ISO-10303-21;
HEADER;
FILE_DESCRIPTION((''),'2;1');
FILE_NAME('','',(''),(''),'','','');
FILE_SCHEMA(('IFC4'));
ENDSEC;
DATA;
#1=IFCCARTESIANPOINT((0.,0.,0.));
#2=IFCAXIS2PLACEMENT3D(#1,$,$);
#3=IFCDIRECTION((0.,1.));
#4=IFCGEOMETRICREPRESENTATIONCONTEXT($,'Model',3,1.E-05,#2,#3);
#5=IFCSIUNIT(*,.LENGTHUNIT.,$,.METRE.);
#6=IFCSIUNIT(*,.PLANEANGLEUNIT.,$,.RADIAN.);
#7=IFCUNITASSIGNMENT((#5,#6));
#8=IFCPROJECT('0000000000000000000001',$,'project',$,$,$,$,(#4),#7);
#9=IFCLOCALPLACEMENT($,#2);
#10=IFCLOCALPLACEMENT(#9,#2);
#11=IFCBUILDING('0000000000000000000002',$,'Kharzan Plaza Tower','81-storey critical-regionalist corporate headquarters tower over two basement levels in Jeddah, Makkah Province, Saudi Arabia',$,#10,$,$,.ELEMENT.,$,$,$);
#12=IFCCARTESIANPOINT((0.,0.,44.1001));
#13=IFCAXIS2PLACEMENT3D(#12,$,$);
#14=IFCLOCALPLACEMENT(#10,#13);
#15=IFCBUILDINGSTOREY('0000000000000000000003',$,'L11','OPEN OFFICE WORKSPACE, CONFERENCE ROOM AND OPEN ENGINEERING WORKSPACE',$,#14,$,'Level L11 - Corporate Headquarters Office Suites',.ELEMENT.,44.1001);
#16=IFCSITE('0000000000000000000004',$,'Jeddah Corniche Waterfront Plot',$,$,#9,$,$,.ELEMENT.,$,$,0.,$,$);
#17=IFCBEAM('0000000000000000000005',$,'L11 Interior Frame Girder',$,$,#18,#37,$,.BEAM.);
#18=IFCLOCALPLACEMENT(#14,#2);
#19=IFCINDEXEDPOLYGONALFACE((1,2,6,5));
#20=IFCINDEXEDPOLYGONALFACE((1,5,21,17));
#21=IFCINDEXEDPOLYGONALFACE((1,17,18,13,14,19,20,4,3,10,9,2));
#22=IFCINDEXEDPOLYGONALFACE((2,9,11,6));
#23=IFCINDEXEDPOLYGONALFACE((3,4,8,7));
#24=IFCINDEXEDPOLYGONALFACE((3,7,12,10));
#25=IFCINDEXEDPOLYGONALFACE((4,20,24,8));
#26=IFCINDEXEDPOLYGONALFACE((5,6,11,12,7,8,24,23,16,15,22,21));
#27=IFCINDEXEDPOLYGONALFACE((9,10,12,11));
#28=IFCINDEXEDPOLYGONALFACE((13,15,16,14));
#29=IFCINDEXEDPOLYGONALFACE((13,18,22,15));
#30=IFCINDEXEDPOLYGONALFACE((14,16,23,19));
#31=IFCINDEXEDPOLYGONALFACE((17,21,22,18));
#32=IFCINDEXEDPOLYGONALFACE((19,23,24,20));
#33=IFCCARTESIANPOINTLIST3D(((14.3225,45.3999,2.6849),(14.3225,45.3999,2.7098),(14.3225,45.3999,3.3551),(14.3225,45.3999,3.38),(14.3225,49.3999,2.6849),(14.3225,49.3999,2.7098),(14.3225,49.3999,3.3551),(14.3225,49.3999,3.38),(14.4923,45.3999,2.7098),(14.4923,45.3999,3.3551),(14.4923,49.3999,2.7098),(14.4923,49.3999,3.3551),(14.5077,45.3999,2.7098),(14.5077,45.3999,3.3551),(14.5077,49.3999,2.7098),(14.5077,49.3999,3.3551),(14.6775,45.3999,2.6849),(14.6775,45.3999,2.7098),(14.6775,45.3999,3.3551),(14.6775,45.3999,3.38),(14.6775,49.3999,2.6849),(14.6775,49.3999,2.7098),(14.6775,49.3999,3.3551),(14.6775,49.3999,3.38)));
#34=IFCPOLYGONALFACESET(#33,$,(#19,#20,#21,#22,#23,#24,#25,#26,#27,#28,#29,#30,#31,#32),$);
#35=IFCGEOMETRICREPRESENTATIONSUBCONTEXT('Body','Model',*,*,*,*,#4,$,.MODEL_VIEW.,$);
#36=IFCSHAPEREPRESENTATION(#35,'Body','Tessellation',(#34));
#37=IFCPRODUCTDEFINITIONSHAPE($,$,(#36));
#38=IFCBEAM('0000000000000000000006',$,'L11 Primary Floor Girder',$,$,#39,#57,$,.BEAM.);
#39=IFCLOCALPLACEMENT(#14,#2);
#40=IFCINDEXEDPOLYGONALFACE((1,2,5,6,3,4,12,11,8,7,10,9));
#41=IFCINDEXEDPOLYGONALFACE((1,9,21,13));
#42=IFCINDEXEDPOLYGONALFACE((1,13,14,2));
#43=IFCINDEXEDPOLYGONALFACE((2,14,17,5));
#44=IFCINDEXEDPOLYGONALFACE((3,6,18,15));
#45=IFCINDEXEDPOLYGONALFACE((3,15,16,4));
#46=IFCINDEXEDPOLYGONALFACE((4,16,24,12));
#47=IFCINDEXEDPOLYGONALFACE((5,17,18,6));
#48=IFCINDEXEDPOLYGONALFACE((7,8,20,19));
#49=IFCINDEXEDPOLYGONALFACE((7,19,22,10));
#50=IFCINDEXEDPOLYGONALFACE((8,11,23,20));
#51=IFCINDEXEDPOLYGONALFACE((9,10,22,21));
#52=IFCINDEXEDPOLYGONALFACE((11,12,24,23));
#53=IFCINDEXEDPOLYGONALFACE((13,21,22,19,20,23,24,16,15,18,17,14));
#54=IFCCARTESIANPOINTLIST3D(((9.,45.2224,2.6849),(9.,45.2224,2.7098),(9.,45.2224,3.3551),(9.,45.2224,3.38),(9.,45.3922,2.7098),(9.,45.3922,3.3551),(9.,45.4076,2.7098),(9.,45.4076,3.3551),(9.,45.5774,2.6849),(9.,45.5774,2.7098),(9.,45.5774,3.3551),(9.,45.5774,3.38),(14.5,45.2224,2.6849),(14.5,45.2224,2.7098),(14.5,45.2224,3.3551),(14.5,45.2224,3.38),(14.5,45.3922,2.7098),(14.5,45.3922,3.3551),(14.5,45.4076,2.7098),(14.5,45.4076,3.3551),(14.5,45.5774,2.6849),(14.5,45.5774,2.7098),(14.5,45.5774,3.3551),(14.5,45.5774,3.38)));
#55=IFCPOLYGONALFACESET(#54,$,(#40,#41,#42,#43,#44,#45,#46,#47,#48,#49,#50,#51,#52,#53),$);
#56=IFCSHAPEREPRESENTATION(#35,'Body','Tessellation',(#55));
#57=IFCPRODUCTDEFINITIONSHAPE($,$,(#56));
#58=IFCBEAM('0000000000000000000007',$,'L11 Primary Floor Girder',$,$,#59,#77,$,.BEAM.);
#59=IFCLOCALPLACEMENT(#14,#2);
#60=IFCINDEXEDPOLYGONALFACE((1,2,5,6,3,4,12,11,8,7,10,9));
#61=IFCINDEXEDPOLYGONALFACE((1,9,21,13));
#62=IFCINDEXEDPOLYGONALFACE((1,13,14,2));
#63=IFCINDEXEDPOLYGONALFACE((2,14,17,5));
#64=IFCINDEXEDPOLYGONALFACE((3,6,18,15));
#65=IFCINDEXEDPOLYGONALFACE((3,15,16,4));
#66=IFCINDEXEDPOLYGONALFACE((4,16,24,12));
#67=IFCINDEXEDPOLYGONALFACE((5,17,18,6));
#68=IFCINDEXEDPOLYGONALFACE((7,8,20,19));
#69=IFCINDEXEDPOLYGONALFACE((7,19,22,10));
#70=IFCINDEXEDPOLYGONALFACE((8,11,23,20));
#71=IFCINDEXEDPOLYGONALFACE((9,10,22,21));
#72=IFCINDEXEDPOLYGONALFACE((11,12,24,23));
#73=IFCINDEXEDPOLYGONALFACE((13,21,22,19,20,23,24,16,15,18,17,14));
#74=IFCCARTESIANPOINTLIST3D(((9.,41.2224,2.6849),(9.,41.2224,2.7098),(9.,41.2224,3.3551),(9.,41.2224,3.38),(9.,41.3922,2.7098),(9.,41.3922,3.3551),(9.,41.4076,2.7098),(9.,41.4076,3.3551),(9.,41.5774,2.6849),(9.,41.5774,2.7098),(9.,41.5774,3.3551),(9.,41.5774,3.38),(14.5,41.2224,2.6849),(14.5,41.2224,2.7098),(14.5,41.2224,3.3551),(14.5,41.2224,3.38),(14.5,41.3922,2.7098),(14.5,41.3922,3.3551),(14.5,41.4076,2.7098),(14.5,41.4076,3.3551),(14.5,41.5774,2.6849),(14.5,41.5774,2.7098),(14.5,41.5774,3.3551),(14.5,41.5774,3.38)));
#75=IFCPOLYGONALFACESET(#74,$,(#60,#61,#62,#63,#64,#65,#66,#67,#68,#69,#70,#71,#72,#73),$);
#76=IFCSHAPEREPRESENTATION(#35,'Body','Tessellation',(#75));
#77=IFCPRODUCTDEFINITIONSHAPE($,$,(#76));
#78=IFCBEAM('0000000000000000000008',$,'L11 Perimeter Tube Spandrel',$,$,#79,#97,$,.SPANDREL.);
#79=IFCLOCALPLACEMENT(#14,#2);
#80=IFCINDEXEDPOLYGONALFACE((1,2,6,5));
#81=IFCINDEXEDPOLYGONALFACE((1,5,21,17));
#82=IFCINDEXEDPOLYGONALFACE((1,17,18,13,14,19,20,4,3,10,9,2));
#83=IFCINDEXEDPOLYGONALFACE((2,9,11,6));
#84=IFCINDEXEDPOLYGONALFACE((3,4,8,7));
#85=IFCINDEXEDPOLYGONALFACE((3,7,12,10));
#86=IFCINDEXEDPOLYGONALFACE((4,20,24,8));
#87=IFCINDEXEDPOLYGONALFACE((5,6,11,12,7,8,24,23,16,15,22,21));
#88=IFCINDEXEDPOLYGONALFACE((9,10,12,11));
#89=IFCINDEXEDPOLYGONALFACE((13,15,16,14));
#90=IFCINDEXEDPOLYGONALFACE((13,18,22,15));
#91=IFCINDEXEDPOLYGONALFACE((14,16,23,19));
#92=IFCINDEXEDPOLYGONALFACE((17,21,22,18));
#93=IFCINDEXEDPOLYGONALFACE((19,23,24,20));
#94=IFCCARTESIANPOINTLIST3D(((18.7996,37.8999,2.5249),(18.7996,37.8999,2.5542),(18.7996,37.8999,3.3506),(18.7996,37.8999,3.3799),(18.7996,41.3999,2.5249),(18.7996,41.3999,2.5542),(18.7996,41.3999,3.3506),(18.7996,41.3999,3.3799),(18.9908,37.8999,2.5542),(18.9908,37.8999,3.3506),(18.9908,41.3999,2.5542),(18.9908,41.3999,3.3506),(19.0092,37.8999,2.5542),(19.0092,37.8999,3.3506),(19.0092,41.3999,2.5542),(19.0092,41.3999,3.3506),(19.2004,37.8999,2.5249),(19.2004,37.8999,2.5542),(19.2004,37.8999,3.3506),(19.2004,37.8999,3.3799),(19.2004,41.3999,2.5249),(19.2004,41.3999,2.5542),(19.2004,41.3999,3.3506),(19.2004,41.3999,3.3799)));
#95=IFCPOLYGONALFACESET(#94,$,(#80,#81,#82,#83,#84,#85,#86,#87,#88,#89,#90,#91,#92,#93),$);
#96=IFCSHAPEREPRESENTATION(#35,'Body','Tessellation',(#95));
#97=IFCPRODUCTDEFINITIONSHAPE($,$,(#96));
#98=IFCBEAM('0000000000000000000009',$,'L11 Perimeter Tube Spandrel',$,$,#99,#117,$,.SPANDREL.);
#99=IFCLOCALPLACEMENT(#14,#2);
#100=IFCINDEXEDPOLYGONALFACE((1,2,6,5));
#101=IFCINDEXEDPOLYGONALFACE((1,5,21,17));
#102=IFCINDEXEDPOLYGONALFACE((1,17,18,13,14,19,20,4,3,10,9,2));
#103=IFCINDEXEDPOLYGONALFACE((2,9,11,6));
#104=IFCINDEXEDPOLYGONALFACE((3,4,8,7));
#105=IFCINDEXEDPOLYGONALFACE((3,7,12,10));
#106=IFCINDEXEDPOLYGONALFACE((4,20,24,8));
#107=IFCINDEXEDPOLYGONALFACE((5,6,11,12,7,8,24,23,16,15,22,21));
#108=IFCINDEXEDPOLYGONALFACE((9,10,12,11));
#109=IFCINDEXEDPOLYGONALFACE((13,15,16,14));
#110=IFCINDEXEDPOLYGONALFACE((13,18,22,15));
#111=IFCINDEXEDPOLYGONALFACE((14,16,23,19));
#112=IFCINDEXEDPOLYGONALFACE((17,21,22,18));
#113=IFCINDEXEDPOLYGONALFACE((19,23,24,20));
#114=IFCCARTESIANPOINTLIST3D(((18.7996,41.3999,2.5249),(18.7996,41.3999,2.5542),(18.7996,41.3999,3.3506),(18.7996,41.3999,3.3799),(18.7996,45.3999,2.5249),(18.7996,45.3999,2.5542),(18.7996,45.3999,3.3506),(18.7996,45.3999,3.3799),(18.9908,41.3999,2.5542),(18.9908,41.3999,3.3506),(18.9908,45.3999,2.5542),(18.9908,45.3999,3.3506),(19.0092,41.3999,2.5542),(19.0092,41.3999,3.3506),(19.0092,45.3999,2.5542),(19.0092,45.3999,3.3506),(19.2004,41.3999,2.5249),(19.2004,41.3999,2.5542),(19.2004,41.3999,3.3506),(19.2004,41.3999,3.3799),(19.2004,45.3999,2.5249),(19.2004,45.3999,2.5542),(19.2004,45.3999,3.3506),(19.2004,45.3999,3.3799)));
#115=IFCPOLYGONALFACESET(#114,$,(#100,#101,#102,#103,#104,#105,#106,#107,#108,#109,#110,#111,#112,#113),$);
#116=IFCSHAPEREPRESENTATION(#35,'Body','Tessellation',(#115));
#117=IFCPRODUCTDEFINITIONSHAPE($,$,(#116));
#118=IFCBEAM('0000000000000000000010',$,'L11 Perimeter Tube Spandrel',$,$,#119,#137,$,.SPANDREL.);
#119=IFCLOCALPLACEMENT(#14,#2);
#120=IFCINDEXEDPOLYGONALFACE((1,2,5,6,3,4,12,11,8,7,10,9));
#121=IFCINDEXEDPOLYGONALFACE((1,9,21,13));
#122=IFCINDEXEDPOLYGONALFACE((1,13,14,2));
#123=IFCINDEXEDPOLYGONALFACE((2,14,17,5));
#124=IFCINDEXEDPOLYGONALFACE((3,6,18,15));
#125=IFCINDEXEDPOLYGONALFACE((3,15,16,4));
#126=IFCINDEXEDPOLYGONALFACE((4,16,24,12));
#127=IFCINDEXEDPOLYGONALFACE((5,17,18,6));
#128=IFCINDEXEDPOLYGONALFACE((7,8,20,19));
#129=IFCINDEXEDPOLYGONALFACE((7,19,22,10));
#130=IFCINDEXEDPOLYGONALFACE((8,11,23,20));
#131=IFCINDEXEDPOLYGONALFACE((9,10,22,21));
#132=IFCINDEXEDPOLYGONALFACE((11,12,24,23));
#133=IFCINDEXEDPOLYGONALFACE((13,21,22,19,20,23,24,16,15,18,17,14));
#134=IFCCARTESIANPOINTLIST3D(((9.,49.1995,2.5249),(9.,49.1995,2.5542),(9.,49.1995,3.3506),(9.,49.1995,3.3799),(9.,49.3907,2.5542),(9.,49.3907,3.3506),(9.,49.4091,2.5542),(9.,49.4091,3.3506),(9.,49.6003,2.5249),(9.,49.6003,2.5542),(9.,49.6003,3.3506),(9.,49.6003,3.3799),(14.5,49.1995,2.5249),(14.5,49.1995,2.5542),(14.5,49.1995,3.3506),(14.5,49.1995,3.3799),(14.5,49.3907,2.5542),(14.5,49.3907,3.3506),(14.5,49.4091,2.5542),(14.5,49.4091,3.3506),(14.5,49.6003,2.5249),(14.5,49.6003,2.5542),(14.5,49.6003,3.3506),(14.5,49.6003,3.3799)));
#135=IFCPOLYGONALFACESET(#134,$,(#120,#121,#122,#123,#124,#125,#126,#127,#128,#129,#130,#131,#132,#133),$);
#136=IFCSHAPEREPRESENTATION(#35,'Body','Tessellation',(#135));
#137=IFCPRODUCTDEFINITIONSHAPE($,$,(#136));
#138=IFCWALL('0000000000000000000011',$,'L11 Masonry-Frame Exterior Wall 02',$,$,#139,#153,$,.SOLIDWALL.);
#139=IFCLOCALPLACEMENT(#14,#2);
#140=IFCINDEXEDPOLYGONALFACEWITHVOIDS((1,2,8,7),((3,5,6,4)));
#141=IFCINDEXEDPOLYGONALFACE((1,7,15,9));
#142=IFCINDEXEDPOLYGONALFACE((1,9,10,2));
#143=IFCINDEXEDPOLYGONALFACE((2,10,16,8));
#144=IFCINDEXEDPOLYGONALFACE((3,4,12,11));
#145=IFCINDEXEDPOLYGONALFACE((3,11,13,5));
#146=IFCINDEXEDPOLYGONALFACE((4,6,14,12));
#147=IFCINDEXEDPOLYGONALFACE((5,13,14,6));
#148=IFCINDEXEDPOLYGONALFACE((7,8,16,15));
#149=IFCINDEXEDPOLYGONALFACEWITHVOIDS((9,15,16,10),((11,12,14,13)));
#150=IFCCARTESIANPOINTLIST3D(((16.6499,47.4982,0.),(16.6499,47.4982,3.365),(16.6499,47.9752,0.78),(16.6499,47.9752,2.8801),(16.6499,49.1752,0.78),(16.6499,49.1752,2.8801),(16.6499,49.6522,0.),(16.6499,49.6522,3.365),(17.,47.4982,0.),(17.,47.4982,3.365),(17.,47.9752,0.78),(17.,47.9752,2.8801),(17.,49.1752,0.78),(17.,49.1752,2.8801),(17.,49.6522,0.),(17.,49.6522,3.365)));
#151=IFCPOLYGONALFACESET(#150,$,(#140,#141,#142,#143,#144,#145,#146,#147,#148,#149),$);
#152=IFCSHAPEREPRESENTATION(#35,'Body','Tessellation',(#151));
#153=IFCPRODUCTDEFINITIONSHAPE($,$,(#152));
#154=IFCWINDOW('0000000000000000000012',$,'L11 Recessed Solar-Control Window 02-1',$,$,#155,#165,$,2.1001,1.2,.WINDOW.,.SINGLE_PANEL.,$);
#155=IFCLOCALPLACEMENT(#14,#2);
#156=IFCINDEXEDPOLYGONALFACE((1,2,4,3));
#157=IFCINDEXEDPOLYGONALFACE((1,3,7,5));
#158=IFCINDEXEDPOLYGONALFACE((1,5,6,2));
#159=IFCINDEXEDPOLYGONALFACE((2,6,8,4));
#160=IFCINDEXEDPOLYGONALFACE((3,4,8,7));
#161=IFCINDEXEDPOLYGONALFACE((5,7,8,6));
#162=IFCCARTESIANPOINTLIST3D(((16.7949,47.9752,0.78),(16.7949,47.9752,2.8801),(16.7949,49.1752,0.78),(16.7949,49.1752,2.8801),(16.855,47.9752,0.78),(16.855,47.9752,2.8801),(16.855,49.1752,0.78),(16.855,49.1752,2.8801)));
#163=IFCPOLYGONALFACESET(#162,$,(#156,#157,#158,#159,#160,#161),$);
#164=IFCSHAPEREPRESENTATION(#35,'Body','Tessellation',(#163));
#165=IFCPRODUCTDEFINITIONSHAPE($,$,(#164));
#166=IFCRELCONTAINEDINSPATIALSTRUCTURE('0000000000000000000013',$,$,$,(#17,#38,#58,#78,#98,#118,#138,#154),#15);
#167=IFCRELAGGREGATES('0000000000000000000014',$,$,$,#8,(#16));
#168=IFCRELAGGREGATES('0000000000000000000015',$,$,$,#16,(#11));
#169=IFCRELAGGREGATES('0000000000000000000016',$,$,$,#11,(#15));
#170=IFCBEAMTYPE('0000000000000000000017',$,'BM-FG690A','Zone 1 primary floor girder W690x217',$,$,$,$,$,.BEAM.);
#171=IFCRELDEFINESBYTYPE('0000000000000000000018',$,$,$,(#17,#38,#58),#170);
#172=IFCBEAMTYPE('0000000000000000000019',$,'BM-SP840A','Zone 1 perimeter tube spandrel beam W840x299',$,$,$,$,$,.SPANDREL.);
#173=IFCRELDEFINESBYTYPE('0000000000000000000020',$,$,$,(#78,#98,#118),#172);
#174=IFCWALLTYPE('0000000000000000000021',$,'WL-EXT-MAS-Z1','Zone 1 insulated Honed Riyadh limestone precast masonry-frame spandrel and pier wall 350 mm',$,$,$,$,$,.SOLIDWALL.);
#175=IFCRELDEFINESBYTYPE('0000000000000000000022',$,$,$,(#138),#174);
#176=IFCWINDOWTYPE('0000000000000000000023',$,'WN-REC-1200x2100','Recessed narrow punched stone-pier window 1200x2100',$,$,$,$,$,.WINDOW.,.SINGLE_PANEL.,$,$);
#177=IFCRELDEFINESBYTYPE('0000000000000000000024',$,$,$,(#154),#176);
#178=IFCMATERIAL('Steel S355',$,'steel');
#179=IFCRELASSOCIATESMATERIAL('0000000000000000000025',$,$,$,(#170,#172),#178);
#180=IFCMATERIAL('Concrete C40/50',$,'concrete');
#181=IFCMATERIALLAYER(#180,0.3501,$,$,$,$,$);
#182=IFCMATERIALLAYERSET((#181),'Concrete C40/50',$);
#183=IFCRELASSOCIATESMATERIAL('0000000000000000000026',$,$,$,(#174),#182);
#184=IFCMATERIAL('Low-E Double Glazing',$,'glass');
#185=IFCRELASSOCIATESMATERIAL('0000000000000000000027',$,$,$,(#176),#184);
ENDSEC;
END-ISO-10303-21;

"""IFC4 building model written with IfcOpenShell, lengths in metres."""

from ifc_helpers import new_model, si_unit, direction, frame, frame_2d, origin, origin_2d, place, context, subcontext, project, spatial, rectangle, i_section, extrude, source, transform, mapped, material, layer, layer_set, material_profile, profile_set, type_object, element, fill, save


model = new_model("IFC4")

# Units and contexts
model_context = context("Model", 3, precision=1e-05, world=origin(), true_north=direction((0.0, 1.0)))
body_context = subcontext(model_context, "Body", "Model", "MODEL_VIEW")
ifc_project = project(units=[si_unit("LENGTHUNIT", "METRE"), si_unit("PLANEANGLEUNIT", "RADIAN")], contexts=[model_context])

# Site, building, storey
site_placement = place(None, origin())
site = spatial("IfcSite", under=ifc_project, at=site_placement, Name="Jeddah Corniche Waterfront Plot", CompositionType="ELEMENT", RefElevation=0.0)
building_placement = place(site_placement, origin())
building = spatial("IfcBuilding", under=site, at=building_placement, Name="Kharzan Plaza Tower", Description="81-storey critical-regionalist corporate headquarters tower over two basement levels in Jeddah, Makkah Province, Saudi Arabia", CompositionType="ELEMENT")
storey_placement = place(building_placement, frame((0.0, 0.0, 44.1001)))
storey = spatial("IfcBuildingStorey", under=building, at=storey_placement, Name="L11", Description="OPEN OFFICE WORKSPACE, CONFERENCE ROOM AND OPEN ENGINEERING WORKSPACE", LongName="Level L11 - Corporate Headquarters Office Suites", CompositionType="ELEMENT", Elevation=44.1001)

# Beams
ifc_material_1 = material(Name="Steel S355", Category="steel")
ifc_material_profile_1 = material_profile(ifc_material_1, i_section(OverallWidth=0.355, OverallDepth=0.6951, WebThickness=0.0154, FlangeThickness=0.0249, at=origin_2d()), Name="W690x217")
ifc_profile_set_1 = profile_set([ifc_material_profile_1], Name="Steel S355")
beam_type_1 = type_object("IfcBeamType", Name="BM-FG690A", Description="Zone 1 primary floor girder W690x217", PredefinedType="BEAM", material=ifc_profile_set_1)
shared_shape_1 = source(origin(), body_context, "Body", "SweptSolid", [
    extrude(i_section(OverallWidth=0.355, OverallDepth=0.6951, WebThickness=0.0154, FlangeThickness=0.0249, at=origin_2d()), origin(), (0.0, 0.0, 1.0), 4.0),
])
for number, where, z_axis, x_axis, name in (
    (1, (14.5, 45.3999, 3.0325), (0.0, 1.0, 0.0), (-1.0, 0.0, 0.0), "L11 Interior Frame Girder"),
):
    element("IfcBeam", number, at=place(storey_placement, frame(where, z_axis=z_axis, x_axis=x_axis)), inside=storey, type_object=beam_type_1, Name=name, PredefinedType="BEAM", context=body_context, shape_type="MappedRepresentation", body=[
        mapped(shared_shape_1, transform((0.0, 0.0, 0.0), x_axis=(1.0, 0.0, 0.0), y_axis=(0.0, 1.0, 0.0), z_axis=(0.0, 0.0, 1.0))),
    ])
shared_shape_2 = source(origin(), body_context, "Body", "SweptSolid", [
    extrude(i_section(OverallWidth=0.355, OverallDepth=0.6951, WebThickness=0.0154, FlangeThickness=0.0249, at=origin_2d()), origin(), (0.0, 0.0, 1.0), 5.5),
])
for number, where, z_axis, x_axis, name in (
    (2, (9.0, 45.3999, 3.0325), (1.0, 0.0, 0.0), (0.0, 1.0, 0.0), "L11 Primary Floor Girder"),
    (3, (9.0, 41.3999, 3.0325), (1.0, 0.0, 0.0), (0.0, 1.0, 0.0), "L11 Primary Floor Girder"),
):
    element("IfcBeam", number, at=place(storey_placement, frame(where, z_axis=z_axis, x_axis=x_axis)), inside=storey, type_object=beam_type_1, Name=name, PredefinedType="BEAM", context=body_context, shape_type="MappedRepresentation", body=[
        mapped(shared_shape_2, transform((0.0, 0.0, 0.0), x_axis=(1.0, 0.0, 0.0), y_axis=(0.0, 1.0, 0.0), z_axis=(0.0, 0.0, 1.0))),
    ])
ifc_material_profile_2 = material_profile(ifc_material_1, i_section(OverallWidth=0.4009, OverallDepth=0.855, WebThickness=0.0183, FlangeThickness=0.0293, at=origin_2d()), Name="W840x299")
ifc_profile_set_2 = profile_set([ifc_material_profile_2], Name="Steel S355")
beam_type_2 = type_object("IfcBeamType", Name="BM-SP840A", Description="Zone 1 perimeter tube spandrel beam W840x299", PredefinedType="SPANDREL", material=ifc_profile_set_2)
shared_shape_3 = source(origin(), body_context, "Body", "SweptSolid", [
    extrude(i_section(OverallWidth=0.4009, OverallDepth=0.855, WebThickness=0.0183, FlangeThickness=0.0293, at=origin_2d()), origin(), (0.0, 0.0, 1.0), 3.5),
])
beam_1_placement = place(storey_placement, frame((19.0, 37.8999, 2.9524), z_axis=(0.0, 1.0, 0.0), x_axis=(-1.0, 0.0, 0.0)))
element("IfcBeam", 4, at=beam_1_placement, inside=storey, type_object=beam_type_2, Name="L11 Perimeter Tube Spandrel", PredefinedType="SPANDREL", context=body_context, shape_type="MappedRepresentation", body=[
    mapped(shared_shape_3, transform((0.0, 0.0, 0.0), x_axis=(1.0, 0.0, 0.0), y_axis=(0.0, 1.0, 0.0), z_axis=(0.0, 0.0, 1.0))),
])
shared_shape_4 = source(origin(), body_context, "Body", "SweptSolid", [
    extrude(i_section(OverallWidth=0.4009, OverallDepth=0.855, WebThickness=0.0183, FlangeThickness=0.0293, at=origin_2d()), origin(), (0.0, 0.0, 1.0), 4.0),
])
beam_2_placement = place(storey_placement, frame((19.0, 41.3999, 2.9524), z_axis=(0.0, 1.0, 0.0), x_axis=(-1.0, 0.0, 0.0)))
element("IfcBeam", 5, at=beam_2_placement, inside=storey, type_object=beam_type_2, Name="L11 Perimeter Tube Spandrel", PredefinedType="SPANDREL", context=body_context, shape_type="MappedRepresentation", body=[
    mapped(shared_shape_4, transform((0.0, 0.0, 0.0), x_axis=(1.0, 0.0, 0.0), y_axis=(0.0, 1.0, 0.0), z_axis=(0.0, 0.0, 1.0))),
])
shared_shape_5 = source(origin(), body_context, "Body", "SweptSolid", [
    extrude(i_section(OverallWidth=0.4009, OverallDepth=0.855, WebThickness=0.0183, FlangeThickness=0.0293, at=origin_2d()), origin(), (0.0, 0.0, 1.0), 5.5),
])
beam_3_placement = place(storey_placement, frame((9.0, 49.3999, 2.9524), z_axis=(1.0, 0.0, 0.0), x_axis=(0.0, 1.0, 0.0)))
element("IfcBeam", 6, at=beam_3_placement, inside=storey, type_object=beam_type_2, Name="L11 Perimeter Tube Spandrel", PredefinedType="SPANDREL", context=body_context, shape_type="MappedRepresentation", body=[
    mapped(shared_shape_5, transform((0.0, 0.0, 0.0), x_axis=(1.0, 0.0, 0.0), y_axis=(0.0, 1.0, 0.0), z_axis=(0.0, 0.0, 1.0))),
])

# Wall, opening, window
ifc_material_2 = material(Name="Concrete C40/50", Category="concrete")
ifc_layer_1 = layer(ifc_material_2, 0.3501)
ifc_layer_set_1 = layer_set([ifc_layer_1], Name="Concrete C40/50")
wall_type_1 = type_object("IfcWallType", Name="WL-EXT-MAS-Z1", Description="Zone 1 insulated Honed Riyadh limestone precast masonry-frame spandrel and pier wall 350 mm", PredefinedType="SOLIDWALL", material=ifc_layer_set_1)
wall_1_placement = place(storey_placement, frame((16.825, 47.498, 0.0), z_axis=(0.0, 0.0, 1.0), x_axis=(0.0, 1.0, 0.0)))
wall_1 = element("IfcWall", 7, at=wall_1_placement, inside=storey, type_object=wall_type_1, Name="L11 Masonry-Frame Exterior Wall 02", PredefinedType="SOLIDWALL", context=body_context, shape_type="SweptSolid", body=[
    extrude(rectangle(XDim=2.1541, YDim=0.3501, at=frame_2d((1.0771, 0.0))), origin(), (0.0, 0.0, 1.0), 3.365),
])
opening_1_placement = place(wall_1_placement, frame((0.4771, 0.0, 0.78)))
opening_1 = element("IfcOpeningElement", 8, at=opening_1_placement, cuts=wall_1, PredefinedType="OPENING", context=body_context, shape_type="SweptSolid", body=[
    extrude(rectangle(XDim=1.2, YDim=2.1001, at=frame_2d((0.6001, 1.05))), frame((0.0, 0.1851, 0.0), z_axis=(0.0, -1.0, 0.0), x_axis=(1.0, 0.0, 0.0)), (0.0, 0.0, 1.0), 0.3701),
])
ifc_material_3 = material(Name="Low-E Double Glazing", Category="glass")
window_type_1 = type_object("IfcWindowType", Name="WN-REC-1200x2100", Description="Recessed narrow punched stone-pier window 1200x2100", PartitioningType="SINGLE_PANEL", PredefinedType="WINDOW", material=ifc_material_3)
shared_shape_6 = source(origin(), body_context, "Body", "SweptSolid", [
    extrude(rectangle(XDim=1.2, YDim=2.1001, at=frame_2d((0.6001, 1.05))), frame((0.0, 0.03, 0.0), z_axis=(0.0, -1.0, 0.0), x_axis=(1.0, 0.0, 0.0)), (0.0, 0.0, 1.0), 0.0601),
])
window_1_placement = place(opening_1_placement, origin())
window_1 = element("IfcWindow", 9, at=window_1_placement, inside=storey, type_object=window_type_1, Name="L11 Recessed Solar-Control Window 02-1", OverallHeight=2.1001, OverallWidth=1.2, PartitioningType="SINGLE_PANEL", PredefinedType="WINDOW", context=body_context, shape_type="MappedRepresentation", body=[
    mapped(shared_shape_6, transform((0.0, 0.0, 0.0), x_axis=(1.0, 0.0, 0.0), y_axis=(0.0, 1.0, 0.0), z_axis=(0.0, 0.0, 1.0))),
])
fill(opening_1, window_1)

save(model, "model.ifc")
